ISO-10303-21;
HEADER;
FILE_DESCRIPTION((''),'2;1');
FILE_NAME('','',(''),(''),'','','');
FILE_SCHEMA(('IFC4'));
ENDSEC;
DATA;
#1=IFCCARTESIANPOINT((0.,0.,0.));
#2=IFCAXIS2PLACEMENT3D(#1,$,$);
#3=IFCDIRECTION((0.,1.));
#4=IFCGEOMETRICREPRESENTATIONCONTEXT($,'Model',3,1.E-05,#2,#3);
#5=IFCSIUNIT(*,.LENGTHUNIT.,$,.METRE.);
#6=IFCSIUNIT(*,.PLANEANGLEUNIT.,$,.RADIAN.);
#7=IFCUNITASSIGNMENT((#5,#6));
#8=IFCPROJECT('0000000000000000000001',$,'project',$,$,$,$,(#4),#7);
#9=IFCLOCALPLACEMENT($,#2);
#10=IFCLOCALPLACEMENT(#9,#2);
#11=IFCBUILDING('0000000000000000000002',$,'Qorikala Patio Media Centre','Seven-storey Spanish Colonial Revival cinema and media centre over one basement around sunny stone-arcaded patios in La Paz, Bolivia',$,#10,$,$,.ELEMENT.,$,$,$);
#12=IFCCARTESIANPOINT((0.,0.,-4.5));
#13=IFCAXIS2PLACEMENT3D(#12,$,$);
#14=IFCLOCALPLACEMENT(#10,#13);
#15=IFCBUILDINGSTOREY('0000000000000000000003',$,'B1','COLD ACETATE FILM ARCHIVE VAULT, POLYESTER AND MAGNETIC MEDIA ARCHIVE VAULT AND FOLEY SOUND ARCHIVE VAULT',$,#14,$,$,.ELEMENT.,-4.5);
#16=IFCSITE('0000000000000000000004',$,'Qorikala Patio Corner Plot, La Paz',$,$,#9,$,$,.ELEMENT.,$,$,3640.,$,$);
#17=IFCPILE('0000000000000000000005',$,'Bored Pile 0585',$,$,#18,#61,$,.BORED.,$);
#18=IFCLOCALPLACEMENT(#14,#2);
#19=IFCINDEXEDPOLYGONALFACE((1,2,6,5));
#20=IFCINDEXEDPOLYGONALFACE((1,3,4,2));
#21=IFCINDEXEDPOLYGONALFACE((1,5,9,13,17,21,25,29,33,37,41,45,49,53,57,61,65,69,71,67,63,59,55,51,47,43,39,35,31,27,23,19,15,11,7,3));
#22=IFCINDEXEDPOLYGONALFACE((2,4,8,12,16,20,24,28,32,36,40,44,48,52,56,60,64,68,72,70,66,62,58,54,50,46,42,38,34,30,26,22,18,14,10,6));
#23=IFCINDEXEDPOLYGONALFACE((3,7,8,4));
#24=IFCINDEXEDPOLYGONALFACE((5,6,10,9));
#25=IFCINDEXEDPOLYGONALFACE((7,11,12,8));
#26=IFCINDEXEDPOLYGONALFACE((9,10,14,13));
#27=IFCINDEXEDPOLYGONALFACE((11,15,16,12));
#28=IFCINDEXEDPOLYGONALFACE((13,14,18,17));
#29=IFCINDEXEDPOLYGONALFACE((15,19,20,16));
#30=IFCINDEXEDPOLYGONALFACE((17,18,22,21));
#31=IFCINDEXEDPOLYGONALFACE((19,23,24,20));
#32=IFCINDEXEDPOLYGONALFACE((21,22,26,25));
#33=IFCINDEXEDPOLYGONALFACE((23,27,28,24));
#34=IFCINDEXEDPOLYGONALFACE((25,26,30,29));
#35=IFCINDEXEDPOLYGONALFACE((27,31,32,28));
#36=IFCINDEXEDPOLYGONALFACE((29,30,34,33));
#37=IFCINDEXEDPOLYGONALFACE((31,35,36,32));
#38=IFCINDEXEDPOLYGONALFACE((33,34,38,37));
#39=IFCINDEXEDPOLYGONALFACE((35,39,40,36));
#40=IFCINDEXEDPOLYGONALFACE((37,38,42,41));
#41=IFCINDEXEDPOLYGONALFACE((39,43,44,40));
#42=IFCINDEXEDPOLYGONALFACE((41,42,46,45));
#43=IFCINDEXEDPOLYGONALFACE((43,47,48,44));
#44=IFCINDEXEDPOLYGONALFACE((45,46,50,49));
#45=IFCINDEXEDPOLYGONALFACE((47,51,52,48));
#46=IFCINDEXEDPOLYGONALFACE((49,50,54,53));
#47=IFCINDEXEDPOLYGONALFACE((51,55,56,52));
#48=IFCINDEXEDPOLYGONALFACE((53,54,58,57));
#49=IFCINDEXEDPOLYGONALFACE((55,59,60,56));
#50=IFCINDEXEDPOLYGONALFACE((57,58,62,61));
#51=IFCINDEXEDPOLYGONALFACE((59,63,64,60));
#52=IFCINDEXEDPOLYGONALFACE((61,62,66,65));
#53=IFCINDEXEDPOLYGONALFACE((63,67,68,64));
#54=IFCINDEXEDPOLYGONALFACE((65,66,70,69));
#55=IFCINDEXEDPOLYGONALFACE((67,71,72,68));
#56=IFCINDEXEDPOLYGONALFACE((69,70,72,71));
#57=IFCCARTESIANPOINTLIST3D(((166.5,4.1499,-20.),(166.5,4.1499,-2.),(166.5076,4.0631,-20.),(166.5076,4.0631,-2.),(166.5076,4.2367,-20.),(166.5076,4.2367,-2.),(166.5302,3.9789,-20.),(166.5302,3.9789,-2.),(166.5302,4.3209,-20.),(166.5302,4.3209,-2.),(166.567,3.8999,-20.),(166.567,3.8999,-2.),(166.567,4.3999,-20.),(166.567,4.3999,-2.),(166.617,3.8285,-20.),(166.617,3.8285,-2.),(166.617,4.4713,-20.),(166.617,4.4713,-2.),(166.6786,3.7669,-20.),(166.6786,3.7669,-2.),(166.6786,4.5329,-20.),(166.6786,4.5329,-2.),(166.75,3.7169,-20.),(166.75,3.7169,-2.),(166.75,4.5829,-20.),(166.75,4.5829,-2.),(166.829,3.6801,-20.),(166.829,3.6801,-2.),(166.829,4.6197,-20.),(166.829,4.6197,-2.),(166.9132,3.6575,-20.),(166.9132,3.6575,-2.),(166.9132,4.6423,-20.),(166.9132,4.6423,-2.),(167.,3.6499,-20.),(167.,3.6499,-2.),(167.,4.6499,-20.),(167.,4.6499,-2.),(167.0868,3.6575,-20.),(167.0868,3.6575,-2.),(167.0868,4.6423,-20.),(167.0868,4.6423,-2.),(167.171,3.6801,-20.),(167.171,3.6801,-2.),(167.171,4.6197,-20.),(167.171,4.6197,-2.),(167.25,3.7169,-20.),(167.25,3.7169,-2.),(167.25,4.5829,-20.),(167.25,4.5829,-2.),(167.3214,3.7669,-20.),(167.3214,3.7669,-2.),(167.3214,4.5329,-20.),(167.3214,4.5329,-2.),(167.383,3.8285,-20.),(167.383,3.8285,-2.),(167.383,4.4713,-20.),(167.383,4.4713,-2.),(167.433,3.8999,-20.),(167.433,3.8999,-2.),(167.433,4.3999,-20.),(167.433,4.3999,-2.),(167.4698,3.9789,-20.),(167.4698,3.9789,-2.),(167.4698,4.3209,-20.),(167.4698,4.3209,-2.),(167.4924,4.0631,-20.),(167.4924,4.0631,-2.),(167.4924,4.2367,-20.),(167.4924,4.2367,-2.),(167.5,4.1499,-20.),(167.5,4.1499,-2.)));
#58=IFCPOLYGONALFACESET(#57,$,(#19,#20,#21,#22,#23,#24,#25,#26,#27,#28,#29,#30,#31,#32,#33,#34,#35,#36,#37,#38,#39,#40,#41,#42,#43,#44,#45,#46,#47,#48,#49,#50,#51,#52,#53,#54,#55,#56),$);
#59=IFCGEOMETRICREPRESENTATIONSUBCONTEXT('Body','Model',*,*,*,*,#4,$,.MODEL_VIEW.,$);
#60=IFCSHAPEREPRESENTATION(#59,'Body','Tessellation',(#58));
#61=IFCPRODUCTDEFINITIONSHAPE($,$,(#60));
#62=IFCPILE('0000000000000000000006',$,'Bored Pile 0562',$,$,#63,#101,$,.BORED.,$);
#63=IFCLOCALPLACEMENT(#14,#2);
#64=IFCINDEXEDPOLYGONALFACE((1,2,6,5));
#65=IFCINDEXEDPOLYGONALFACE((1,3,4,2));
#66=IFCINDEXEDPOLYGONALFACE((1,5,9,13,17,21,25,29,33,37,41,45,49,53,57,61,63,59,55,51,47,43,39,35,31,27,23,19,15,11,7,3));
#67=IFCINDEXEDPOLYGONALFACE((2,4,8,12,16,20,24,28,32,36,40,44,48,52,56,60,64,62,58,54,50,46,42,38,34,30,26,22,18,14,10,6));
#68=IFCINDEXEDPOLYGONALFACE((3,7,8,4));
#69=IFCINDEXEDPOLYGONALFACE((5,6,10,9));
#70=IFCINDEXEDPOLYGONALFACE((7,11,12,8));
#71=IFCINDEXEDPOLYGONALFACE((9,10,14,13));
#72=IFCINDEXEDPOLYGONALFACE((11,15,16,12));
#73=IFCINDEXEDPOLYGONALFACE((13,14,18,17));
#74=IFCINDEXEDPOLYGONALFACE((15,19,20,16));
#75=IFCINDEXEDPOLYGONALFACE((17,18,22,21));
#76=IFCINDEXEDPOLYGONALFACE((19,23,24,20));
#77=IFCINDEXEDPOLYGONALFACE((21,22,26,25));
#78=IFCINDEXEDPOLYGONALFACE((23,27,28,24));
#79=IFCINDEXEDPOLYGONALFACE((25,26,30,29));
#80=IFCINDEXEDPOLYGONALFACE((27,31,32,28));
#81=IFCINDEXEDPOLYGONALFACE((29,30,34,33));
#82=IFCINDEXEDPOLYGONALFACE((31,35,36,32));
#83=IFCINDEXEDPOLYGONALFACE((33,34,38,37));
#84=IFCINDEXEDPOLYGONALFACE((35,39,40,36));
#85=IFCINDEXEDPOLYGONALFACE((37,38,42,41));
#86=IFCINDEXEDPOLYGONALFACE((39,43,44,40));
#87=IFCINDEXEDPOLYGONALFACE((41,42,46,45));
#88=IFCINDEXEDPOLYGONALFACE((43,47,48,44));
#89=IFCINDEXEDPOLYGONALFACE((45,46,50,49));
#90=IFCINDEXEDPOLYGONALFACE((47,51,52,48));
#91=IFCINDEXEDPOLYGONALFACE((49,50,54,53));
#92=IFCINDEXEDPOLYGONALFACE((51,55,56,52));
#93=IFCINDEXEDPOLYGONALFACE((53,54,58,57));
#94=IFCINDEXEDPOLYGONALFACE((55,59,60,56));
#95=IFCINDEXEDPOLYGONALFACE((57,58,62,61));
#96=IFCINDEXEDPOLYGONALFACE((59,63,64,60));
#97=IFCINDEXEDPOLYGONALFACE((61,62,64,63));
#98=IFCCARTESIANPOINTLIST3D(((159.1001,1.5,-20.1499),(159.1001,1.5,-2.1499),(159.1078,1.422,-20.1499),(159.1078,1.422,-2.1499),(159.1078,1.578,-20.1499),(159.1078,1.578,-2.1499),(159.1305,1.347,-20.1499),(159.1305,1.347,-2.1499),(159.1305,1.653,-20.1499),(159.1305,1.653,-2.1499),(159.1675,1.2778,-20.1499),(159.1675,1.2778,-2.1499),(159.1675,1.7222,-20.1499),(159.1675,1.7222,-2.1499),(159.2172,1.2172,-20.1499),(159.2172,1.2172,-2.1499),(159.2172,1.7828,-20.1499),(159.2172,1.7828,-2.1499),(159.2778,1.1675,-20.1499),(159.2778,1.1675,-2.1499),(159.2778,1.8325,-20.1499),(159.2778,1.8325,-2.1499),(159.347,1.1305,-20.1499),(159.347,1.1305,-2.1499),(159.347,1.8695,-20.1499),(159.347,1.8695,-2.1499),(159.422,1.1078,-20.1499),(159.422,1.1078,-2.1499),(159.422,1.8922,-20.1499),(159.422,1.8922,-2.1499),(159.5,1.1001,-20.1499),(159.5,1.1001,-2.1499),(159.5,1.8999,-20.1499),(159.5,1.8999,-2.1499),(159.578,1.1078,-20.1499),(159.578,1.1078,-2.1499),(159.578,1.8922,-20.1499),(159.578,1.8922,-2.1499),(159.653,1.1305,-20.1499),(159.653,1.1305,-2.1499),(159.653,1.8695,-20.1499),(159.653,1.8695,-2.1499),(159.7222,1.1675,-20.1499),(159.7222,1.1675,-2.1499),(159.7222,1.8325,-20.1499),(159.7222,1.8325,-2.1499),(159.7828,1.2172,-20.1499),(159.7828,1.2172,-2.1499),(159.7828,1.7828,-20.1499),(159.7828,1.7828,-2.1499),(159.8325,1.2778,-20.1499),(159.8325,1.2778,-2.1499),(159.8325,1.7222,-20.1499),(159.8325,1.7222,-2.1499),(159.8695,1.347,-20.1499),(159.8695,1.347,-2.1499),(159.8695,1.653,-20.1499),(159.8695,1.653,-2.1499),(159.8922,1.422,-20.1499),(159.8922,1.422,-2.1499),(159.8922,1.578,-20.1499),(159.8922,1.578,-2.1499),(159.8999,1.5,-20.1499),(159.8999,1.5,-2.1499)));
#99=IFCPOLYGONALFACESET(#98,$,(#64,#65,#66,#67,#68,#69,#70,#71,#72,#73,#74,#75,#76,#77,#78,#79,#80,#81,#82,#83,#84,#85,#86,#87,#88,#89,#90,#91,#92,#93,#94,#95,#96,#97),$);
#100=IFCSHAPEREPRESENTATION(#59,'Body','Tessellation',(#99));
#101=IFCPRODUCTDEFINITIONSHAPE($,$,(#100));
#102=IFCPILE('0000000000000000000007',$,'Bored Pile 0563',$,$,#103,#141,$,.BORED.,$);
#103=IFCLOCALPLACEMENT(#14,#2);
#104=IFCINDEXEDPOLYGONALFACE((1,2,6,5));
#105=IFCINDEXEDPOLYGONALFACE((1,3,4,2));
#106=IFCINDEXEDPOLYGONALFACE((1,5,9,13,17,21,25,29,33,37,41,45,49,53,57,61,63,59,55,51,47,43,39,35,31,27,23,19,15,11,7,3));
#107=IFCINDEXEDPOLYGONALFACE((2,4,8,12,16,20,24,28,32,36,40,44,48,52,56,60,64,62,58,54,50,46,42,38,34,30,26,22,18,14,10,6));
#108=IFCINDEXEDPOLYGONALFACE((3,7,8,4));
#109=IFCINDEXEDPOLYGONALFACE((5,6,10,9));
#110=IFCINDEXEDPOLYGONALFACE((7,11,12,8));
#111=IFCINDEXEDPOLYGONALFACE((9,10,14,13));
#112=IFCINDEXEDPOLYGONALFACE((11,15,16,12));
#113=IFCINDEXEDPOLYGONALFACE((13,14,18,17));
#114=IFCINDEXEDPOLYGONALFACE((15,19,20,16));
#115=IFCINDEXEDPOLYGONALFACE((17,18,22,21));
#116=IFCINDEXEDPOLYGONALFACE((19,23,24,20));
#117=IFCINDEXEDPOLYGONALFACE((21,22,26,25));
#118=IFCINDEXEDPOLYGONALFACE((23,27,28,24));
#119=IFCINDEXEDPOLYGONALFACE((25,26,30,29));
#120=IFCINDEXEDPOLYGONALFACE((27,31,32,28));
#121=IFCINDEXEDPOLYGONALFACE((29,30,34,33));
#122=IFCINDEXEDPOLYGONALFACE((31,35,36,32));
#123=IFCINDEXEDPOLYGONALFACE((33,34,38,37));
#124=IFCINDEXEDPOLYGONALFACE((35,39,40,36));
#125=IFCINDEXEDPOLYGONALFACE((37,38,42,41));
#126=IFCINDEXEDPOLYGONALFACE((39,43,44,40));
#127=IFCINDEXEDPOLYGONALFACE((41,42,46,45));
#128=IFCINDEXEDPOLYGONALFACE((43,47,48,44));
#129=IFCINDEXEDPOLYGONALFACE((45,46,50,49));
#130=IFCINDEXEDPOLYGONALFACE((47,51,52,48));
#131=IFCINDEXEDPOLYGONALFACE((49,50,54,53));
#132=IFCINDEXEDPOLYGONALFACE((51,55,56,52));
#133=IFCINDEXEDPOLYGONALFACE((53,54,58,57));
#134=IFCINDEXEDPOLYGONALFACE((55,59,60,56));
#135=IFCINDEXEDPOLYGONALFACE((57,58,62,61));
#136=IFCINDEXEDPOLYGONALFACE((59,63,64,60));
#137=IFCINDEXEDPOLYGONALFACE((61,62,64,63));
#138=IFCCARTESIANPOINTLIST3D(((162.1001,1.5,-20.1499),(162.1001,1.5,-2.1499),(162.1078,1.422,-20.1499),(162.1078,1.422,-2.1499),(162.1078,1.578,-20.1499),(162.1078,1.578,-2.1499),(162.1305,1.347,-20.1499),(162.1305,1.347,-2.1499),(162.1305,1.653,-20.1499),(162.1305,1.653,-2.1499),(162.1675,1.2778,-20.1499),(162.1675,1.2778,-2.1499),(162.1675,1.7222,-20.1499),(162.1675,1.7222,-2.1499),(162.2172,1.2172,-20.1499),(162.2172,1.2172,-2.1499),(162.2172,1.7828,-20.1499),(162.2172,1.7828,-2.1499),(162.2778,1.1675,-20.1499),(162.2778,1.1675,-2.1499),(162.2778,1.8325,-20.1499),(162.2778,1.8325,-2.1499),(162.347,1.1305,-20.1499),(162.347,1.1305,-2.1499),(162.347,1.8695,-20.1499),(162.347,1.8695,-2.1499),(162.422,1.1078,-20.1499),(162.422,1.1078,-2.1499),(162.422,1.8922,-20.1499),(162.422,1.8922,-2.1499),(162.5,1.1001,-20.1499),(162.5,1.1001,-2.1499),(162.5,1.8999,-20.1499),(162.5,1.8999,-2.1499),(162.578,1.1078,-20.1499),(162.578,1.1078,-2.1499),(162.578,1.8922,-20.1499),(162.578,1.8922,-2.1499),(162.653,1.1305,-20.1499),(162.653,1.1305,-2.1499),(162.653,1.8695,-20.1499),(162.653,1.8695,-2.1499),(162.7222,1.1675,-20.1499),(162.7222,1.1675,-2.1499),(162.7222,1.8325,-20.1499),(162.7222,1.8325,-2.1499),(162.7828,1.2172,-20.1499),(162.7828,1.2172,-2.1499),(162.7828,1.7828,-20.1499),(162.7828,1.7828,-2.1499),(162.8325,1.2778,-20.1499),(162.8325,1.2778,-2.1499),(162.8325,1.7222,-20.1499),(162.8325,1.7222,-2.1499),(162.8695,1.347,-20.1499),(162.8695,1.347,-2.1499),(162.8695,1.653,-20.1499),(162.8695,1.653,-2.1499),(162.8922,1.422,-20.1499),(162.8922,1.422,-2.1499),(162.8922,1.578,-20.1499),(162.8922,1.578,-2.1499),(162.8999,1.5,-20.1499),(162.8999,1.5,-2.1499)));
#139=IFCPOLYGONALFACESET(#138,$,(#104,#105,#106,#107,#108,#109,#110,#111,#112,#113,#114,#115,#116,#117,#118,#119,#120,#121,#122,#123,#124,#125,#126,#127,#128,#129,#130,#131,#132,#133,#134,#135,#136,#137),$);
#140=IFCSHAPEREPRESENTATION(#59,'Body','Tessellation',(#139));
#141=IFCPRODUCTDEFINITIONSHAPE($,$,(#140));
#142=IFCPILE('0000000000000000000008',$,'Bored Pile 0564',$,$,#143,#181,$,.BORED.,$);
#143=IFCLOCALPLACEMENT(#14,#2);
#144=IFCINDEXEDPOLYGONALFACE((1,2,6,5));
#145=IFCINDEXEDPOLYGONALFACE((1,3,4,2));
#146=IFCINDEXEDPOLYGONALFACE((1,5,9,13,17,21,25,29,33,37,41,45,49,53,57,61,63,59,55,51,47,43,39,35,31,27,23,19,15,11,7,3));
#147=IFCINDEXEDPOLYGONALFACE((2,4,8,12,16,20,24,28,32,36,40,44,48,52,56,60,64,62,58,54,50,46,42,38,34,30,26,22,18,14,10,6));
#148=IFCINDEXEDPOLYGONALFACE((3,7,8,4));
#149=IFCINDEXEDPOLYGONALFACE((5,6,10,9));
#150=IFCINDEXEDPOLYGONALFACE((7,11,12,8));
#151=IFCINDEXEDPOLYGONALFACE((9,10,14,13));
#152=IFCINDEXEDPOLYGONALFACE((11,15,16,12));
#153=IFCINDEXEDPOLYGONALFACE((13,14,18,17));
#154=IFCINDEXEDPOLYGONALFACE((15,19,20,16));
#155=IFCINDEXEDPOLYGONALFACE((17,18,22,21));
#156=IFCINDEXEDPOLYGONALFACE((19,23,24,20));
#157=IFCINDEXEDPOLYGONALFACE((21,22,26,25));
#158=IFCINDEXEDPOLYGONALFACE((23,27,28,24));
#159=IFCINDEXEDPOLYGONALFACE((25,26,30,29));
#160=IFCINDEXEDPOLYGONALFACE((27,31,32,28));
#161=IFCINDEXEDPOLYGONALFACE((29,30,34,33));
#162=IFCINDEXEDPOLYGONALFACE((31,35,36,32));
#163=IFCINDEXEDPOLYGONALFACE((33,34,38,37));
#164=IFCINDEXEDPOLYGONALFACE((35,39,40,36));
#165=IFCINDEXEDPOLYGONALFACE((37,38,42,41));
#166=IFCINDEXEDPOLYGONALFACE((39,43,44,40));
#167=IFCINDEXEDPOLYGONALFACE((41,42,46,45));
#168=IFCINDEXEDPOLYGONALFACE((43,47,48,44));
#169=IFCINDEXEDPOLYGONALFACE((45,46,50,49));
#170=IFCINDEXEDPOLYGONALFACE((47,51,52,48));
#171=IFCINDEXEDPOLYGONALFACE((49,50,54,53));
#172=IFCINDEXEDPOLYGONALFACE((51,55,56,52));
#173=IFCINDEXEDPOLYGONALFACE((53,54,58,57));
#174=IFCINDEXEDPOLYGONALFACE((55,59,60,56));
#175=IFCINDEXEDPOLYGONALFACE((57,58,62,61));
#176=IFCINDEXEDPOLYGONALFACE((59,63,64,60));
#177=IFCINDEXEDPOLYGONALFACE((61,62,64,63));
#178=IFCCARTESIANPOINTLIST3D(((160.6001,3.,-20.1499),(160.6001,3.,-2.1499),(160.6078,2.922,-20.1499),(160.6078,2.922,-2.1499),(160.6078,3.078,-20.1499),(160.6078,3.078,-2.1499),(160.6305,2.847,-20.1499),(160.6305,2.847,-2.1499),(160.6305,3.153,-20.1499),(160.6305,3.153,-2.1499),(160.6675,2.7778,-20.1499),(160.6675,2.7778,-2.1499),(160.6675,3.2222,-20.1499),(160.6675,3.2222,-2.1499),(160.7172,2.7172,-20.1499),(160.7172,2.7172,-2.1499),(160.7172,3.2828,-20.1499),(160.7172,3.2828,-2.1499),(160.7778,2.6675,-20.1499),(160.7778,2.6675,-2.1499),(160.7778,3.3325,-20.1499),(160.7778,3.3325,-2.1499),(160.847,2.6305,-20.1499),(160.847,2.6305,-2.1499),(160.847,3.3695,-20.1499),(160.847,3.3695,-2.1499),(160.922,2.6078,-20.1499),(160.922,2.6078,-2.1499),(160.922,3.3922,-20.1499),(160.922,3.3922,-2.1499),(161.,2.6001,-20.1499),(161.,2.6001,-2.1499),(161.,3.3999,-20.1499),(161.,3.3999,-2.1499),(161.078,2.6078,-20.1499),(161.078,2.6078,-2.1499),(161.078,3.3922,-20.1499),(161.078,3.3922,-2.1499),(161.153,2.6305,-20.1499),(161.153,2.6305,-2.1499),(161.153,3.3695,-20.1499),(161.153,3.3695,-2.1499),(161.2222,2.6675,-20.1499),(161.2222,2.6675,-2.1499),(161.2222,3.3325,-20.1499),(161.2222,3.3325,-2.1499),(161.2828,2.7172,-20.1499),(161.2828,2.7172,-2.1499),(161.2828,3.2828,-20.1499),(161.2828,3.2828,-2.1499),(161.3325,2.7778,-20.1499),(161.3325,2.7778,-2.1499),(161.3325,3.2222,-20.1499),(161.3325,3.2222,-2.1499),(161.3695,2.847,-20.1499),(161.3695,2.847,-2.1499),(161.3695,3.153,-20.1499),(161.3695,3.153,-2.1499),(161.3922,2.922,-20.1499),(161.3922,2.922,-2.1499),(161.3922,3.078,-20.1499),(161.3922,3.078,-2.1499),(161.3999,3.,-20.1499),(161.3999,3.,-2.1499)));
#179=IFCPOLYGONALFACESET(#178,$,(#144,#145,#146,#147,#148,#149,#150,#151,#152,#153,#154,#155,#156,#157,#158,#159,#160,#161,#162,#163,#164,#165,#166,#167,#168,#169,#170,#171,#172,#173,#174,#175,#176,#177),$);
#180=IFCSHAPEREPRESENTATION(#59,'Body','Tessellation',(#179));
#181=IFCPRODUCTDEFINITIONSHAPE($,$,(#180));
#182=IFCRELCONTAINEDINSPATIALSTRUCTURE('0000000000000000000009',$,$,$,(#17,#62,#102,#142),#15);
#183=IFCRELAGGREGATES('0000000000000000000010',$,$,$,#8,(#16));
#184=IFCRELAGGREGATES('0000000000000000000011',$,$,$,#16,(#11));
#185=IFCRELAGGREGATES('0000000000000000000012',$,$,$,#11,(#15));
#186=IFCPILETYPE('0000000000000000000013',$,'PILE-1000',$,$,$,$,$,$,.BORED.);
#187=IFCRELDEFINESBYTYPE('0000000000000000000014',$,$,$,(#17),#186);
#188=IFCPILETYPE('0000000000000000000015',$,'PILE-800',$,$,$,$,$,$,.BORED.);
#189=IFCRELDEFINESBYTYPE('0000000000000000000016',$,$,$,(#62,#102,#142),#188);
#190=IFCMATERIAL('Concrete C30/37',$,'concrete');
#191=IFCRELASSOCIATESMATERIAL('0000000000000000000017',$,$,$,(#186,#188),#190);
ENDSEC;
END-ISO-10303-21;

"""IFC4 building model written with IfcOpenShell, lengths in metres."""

from ifc_helpers import new_model, si_unit, direction, frame, origin, origin_2d, place, context, subcontext, project, spatial, circle, extrude, material, material_profile, profile_set, type_object, element, save


model = new_model("IFC4")

# Units and contexts
model_context = context("Model", 3, precision=1e-05, world=origin(), true_north=direction((0.0, 1.0)))
body_context = subcontext(model_context, "Body", "Model", "MODEL_VIEW")
ifc_project = project(units=[si_unit("LENGTHUNIT", "METRE"), si_unit("PLANEANGLEUNIT", "RADIAN")], contexts=[model_context])

# Site, building, storey
site_placement = place(None, origin())
site = spatial("IfcSite", under=ifc_project, at=site_placement, Name="Qorikala Patio Corner Plot, La Paz", CompositionType="ELEMENT", RefElevation=3640.0)
building_placement = place(site_placement, origin())
building = spatial("IfcBuilding", under=site, at=building_placement, Name="Qorikala Patio Media Centre", Description="Seven-storey Spanish Colonial Revival cinema and media centre over one basement around sunny stone-arcaded patios in La Paz, Bolivia", CompositionType="ELEMENT")
storey_placement = place(building_placement, frame((0.0, 0.0, -4.5)))
storey = spatial("IfcBuildingStorey", under=building, at=storey_placement, Name="B1", Description="COLD ACETATE FILM ARCHIVE VAULT, POLYESTER AND MAGNETIC MEDIA ARCHIVE VAULT AND FOLEY SOUND ARCHIVE VAULT", CompositionType="ELEMENT", Elevation=-4.5)

# Shared definitions
ifc_material_1 = material(Name="Concrete C30/37", Category="concrete")

# Piles
ifc_material_profile_1 = material_profile(ifc_material_1, circle(Radius=0.5, at=origin_2d()), Name="BORED PILE 1000")
ifc_profile_set_1 = profile_set([ifc_material_profile_1], Name="Concrete C30/37")
pile_type_1 = type_object("IfcPileType", Name="PILE-1000", PredefinedType="BORED", material=ifc_profile_set_1)
for number, where, z_axis, x_axis, name in (
    (1, (167.0, 4.1499, -2.0), (0.0, 0.0, -1.0), (1.0, 0.0, 0.0), "Bored Pile 0585"),
):
    element("IfcPile", number, at=place(storey_placement, frame(where, z_axis=z_axis, x_axis=x_axis)), inside=storey, type_object=pile_type_1, Name=name, PredefinedType="BORED", context=body_context, shape_type="SweptSolid", body=[
        extrude(circle(Radius=0.5, at=origin_2d()), origin(), (0.0, 0.0, 1.0), 18.0),
    ])
ifc_material_profile_2 = material_profile(ifc_material_1, circle(Radius=0.3999, at=origin_2d()), Name="BORED PILE 800")
ifc_profile_set_2 = profile_set([ifc_material_profile_2], Name="Concrete C30/37")
pile_type_2 = type_object("IfcPileType", Name="PILE-800", PredefinedType="BORED", material=ifc_profile_set_2)
for number, where, z_axis, x_axis, name in (
    (2, (159.5, 1.5, -2.1499), (0.0, 0.0, -1.0), (1.0, 0.0, 0.0), "Bored Pile 0562"),
    (3, (162.5, 1.5, -2.1499), (0.0, 0.0, -1.0), (1.0, 0.0, 0.0), "Bored Pile 0563"),
    (4, (161.0, 3.0, -2.1499), (0.0, 0.0, -1.0), (1.0, 0.0, 0.0), "Bored Pile 0564"),
):
    element("IfcPile", number, at=place(storey_placement, frame(where, z_axis=z_axis, x_axis=x_axis)), inside=storey, type_object=pile_type_2, Name=name, PredefinedType="BORED", context=body_context, shape_type="SweptSolid", body=[
        extrude(circle(Radius=0.3999, at=origin_2d()), origin(), (0.0, 0.0, 1.0), 18.0),
    ])

save(model, "model.ifc")
